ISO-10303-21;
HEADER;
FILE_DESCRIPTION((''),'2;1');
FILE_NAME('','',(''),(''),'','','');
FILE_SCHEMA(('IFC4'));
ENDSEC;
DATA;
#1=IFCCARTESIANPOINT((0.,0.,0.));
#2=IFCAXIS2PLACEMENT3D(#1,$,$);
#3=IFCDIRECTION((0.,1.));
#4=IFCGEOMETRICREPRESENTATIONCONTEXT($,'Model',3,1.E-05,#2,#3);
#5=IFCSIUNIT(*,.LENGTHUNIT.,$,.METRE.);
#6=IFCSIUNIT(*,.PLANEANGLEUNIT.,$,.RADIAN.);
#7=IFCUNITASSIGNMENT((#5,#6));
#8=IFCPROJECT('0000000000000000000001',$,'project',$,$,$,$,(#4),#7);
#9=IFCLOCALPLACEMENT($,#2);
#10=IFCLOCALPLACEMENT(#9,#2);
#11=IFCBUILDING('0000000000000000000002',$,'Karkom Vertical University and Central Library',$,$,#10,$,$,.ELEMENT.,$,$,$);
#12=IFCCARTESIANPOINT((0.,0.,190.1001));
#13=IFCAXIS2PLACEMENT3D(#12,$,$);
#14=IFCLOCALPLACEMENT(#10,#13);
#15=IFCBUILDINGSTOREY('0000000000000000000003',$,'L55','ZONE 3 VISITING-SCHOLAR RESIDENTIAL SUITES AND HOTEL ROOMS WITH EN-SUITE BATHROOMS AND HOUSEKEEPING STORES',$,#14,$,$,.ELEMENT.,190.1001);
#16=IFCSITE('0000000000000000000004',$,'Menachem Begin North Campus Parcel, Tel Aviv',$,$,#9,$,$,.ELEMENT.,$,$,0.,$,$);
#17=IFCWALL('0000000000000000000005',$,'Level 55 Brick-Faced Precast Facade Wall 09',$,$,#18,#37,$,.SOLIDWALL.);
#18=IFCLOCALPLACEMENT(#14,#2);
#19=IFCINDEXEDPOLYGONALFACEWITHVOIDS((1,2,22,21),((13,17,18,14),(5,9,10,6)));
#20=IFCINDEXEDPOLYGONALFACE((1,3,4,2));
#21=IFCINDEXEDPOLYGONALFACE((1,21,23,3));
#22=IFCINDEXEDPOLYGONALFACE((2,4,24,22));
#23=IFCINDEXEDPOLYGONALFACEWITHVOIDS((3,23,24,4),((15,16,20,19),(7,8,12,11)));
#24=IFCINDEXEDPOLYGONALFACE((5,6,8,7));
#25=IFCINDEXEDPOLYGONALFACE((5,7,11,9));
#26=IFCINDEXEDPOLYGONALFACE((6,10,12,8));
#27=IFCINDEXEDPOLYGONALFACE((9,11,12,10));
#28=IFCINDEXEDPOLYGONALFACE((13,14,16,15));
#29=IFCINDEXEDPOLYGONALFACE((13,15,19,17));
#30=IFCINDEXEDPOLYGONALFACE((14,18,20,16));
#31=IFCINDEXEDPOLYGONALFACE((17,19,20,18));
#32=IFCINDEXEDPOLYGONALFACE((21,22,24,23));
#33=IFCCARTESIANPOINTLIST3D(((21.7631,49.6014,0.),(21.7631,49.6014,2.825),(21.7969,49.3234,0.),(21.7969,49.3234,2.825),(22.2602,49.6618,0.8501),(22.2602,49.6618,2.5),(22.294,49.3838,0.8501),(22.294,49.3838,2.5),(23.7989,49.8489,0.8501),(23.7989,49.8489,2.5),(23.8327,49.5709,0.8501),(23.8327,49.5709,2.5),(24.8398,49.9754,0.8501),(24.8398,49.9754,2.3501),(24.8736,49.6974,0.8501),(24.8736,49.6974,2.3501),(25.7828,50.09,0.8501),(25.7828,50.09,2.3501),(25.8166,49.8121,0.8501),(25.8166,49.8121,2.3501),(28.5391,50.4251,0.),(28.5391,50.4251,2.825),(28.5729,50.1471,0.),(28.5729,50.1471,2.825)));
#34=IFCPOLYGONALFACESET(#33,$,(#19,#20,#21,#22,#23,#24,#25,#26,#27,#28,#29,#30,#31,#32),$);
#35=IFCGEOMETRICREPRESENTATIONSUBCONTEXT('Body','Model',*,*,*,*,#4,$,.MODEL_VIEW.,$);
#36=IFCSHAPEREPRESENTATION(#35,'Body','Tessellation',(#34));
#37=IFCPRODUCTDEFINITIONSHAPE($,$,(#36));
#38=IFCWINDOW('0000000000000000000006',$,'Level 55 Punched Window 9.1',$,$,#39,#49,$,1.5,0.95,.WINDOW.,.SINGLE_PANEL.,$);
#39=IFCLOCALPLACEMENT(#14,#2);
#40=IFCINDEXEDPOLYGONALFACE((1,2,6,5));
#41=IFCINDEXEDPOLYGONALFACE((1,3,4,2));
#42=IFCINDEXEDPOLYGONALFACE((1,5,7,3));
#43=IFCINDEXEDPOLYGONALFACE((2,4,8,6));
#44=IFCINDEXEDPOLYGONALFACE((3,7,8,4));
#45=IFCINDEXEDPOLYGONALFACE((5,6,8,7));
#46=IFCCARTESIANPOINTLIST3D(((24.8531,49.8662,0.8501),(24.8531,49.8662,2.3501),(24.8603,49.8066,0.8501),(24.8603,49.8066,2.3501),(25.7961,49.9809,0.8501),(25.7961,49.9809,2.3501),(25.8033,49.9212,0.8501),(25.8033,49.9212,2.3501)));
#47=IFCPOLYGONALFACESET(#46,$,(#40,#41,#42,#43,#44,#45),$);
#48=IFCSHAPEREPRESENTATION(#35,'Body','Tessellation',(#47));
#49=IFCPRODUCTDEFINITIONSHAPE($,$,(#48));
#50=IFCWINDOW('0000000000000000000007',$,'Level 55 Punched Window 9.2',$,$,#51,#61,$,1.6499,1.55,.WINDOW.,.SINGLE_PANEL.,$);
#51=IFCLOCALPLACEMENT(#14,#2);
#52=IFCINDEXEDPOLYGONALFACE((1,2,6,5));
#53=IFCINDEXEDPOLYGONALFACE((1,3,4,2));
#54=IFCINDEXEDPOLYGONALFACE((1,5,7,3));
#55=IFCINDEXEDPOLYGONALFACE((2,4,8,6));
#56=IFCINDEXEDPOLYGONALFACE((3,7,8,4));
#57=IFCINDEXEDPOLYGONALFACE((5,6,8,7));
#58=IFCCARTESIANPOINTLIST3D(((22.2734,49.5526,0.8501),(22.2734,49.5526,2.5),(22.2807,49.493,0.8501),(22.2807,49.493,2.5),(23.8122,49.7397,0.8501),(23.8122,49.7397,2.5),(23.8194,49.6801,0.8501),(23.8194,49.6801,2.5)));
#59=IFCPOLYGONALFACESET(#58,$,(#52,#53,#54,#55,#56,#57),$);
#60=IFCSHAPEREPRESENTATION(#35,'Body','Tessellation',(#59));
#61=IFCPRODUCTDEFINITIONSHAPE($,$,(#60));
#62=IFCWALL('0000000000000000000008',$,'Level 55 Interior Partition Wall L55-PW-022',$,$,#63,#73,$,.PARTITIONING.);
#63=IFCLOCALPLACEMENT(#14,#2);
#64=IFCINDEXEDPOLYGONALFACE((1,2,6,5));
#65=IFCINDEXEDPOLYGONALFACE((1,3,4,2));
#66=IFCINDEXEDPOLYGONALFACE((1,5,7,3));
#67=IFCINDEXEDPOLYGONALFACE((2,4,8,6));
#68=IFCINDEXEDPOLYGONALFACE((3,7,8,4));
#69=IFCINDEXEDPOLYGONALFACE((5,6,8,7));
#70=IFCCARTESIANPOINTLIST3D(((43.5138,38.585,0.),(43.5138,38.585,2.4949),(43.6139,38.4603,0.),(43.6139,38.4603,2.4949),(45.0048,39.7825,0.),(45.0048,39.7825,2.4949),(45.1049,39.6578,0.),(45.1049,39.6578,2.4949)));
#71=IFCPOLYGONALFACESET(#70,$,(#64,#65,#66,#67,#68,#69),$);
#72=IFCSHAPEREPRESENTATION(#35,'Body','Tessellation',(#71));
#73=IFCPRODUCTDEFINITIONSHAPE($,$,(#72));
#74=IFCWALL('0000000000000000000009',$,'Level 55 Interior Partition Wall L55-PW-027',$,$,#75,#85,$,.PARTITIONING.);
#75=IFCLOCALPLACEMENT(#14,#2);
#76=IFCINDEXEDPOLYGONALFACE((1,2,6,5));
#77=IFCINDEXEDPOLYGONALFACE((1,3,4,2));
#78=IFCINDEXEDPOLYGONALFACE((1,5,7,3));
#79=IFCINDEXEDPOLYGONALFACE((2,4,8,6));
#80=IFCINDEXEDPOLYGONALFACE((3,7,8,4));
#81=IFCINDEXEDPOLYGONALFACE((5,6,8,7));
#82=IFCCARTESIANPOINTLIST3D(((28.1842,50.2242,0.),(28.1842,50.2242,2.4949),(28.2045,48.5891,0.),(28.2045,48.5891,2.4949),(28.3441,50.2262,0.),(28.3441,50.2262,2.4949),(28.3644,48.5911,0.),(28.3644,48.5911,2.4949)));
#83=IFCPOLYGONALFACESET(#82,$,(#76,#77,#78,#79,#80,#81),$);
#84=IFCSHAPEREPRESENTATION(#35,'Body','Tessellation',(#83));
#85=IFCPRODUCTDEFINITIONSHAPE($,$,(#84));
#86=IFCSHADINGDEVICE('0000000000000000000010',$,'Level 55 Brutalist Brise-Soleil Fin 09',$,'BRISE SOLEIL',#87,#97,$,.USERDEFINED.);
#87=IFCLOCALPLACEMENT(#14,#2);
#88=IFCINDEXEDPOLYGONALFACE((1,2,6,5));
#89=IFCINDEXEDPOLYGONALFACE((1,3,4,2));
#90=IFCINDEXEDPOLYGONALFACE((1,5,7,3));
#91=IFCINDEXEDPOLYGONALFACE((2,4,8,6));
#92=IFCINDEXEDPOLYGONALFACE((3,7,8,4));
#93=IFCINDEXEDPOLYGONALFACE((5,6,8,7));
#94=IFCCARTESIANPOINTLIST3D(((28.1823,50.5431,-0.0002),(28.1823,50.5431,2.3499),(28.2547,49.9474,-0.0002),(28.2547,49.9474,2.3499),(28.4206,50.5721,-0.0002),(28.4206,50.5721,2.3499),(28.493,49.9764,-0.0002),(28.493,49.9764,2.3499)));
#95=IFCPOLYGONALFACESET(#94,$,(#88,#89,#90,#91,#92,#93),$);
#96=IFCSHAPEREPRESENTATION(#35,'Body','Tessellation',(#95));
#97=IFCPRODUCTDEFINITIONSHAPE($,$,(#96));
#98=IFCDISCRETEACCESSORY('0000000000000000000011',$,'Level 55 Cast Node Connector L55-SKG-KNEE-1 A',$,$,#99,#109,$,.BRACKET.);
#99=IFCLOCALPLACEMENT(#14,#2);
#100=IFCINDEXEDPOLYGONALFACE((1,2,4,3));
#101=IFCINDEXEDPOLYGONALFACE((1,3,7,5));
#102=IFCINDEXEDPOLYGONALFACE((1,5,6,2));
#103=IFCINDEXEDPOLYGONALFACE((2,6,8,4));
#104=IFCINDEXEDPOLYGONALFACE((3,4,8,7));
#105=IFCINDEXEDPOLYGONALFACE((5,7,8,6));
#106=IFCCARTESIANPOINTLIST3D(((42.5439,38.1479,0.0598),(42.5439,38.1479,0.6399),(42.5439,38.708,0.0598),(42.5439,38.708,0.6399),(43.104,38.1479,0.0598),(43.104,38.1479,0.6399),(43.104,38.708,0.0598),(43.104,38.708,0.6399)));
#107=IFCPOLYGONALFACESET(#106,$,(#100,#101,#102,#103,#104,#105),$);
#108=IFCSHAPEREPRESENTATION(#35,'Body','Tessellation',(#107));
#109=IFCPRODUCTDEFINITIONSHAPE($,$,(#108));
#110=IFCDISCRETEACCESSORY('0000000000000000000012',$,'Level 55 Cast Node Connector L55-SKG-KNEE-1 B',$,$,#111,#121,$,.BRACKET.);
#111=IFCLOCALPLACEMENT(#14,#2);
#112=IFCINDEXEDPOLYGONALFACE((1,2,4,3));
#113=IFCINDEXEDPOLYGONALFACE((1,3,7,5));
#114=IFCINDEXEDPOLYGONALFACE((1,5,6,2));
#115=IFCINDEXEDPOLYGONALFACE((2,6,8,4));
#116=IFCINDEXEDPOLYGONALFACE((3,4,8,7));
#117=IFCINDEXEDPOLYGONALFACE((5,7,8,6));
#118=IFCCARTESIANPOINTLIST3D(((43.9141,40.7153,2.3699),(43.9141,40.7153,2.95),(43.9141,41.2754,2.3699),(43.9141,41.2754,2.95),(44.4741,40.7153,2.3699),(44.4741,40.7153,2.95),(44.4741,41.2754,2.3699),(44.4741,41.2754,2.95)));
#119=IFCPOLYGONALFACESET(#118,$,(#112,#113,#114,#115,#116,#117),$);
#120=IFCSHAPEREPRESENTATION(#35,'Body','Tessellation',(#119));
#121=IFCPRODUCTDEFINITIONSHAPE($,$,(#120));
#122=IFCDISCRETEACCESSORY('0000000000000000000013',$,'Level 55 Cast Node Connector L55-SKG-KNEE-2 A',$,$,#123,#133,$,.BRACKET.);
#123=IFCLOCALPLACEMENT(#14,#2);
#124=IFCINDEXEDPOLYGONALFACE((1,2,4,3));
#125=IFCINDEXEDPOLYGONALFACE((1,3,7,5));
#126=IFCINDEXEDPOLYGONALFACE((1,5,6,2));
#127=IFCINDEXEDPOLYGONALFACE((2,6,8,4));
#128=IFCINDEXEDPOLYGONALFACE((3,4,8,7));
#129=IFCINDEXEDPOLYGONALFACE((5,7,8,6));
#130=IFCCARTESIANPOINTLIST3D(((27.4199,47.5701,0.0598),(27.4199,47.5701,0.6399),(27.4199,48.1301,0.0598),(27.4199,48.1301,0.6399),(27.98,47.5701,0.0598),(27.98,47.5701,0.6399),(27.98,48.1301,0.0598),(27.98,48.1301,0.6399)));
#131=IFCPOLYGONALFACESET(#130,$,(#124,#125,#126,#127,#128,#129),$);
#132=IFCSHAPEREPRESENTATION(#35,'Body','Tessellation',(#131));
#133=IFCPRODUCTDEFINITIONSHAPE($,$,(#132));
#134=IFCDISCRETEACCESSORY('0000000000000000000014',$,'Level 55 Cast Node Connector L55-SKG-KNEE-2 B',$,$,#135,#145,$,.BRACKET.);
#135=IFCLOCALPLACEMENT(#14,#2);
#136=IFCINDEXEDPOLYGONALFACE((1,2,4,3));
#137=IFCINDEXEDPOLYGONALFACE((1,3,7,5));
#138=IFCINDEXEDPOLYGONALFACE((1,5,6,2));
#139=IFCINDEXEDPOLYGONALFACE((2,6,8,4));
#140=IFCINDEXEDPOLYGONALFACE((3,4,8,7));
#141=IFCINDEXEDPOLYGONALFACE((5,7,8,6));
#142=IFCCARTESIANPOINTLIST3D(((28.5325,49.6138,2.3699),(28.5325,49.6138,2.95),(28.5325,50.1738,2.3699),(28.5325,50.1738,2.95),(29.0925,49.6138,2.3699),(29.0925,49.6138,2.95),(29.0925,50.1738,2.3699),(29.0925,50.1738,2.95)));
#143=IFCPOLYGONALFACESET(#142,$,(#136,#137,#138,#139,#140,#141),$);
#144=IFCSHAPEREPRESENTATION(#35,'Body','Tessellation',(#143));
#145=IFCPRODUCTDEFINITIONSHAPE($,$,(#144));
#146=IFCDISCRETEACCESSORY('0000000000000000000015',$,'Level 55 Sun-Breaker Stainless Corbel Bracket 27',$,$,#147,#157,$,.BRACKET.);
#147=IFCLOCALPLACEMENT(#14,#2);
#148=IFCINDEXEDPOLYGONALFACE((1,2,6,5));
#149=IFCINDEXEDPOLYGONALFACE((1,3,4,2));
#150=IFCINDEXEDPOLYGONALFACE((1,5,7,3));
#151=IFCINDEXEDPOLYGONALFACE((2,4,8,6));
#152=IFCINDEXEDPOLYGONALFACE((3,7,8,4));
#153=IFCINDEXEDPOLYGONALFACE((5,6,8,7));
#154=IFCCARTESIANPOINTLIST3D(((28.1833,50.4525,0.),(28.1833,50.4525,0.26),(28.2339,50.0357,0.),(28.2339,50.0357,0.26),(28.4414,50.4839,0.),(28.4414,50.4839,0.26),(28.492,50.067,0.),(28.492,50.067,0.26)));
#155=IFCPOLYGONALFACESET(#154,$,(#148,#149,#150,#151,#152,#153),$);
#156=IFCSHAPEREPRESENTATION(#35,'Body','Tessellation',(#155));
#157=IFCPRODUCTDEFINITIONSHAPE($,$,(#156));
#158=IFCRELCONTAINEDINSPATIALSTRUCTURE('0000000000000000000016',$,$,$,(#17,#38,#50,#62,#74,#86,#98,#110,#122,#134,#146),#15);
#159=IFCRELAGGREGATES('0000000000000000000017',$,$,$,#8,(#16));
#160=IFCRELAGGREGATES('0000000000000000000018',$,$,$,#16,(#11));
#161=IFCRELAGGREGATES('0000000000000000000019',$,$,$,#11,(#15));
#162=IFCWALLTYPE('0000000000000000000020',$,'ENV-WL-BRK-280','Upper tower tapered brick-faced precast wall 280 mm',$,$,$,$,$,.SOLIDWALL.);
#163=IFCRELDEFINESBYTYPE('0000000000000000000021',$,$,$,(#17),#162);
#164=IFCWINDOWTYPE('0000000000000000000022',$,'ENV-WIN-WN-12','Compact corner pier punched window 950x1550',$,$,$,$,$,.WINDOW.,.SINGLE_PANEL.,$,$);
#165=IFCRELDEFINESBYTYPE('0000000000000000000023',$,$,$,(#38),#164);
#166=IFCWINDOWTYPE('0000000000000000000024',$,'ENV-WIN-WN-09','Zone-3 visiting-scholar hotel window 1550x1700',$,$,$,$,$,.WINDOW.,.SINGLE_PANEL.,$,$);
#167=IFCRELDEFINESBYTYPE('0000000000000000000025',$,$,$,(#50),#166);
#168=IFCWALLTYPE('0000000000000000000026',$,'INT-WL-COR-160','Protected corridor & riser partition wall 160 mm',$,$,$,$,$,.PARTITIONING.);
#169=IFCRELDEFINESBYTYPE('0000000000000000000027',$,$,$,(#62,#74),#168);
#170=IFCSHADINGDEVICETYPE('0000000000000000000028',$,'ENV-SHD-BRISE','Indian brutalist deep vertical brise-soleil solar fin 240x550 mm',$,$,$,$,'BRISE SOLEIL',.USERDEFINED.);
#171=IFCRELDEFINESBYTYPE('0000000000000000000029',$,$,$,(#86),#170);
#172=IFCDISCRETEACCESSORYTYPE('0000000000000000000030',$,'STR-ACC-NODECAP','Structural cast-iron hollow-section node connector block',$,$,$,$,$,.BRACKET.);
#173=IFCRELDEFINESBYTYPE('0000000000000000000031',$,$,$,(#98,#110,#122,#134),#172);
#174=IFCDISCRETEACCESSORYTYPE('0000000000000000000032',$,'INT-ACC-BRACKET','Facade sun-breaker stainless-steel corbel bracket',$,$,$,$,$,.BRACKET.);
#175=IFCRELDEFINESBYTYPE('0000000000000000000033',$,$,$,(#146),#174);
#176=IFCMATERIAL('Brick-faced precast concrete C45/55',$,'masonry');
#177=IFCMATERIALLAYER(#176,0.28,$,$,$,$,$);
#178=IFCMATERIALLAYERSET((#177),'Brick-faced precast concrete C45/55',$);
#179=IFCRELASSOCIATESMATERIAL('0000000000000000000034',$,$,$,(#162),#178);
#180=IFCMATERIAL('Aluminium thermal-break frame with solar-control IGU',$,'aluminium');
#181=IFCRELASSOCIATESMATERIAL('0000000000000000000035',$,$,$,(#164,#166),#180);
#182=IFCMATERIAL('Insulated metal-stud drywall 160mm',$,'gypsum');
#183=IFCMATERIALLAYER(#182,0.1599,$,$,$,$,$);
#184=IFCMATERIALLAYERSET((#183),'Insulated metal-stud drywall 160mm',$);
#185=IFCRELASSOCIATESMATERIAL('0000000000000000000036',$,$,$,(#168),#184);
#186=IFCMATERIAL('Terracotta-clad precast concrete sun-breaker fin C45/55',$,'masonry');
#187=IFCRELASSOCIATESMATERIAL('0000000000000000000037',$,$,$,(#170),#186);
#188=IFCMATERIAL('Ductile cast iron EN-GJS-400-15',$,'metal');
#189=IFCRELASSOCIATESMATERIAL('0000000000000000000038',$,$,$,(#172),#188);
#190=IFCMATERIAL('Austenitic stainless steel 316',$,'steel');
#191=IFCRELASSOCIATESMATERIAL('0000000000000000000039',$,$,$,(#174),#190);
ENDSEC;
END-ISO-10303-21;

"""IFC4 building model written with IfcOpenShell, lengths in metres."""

from ifc_helpers import new_model, si_unit, direction, frame, frame_2d, origin, origin_with_axes, origin_2d, place, context, subcontext, project, spatial, rectangle, extrude, source, transform, mapped, material, layer, layer_set, type_object, element, fill, save


model = new_model("IFC4")

# Units and contexts
model_context = context("Model", 3, precision=1e-05, world=origin(), true_north=direction((0.0, 1.0)))
body_context = subcontext(model_context, "Body", "Model", "MODEL_VIEW")
ifc_project = project(units=[si_unit("LENGTHUNIT", "METRE"), si_unit("PLANEANGLEUNIT", "RADIAN")], contexts=[model_context])

# Site, building, storey
site_placement = place(None, origin())
site = spatial("IfcSite", under=ifc_project, at=site_placement, Name="Menachem Begin North Campus Parcel, Tel Aviv", CompositionType="ELEMENT", RefElevation=0.0)
building_placement = place(site_placement, origin())
building = spatial("IfcBuilding", under=site, at=building_placement, Name="Karkom Vertical University and Central Library", CompositionType="ELEMENT")
storey_placement = place(building_placement, frame((0.0, 0.0, 190.1001)))
storey = spatial("IfcBuildingStorey", under=building, at=storey_placement, Name="L55", Description="ZONE 3 VISITING-SCHOLAR RESIDENTIAL SUITES AND HOTEL ROOMS WITH EN-SUITE BATHROOMS AND HOUSEKEEPING STORES", CompositionType="ELEMENT", Elevation=190.1001)

# Shared definitions
ifc_material_1 = material(Name="Brick-faced precast concrete C45/55", Category="masonry")
ifc_layer_1 = layer(ifc_material_1, 0.28)
ifc_layer_set_1 = layer_set([ifc_layer_1], Name="Brick-faced precast concrete C45/55")
wall_type_1 = type_object("IfcWallType", Name="ENV-WL-BRK-280", Description="Upper tower tapered brick-faced precast wall 280 mm", PredefinedType="SOLIDWALL", material=ifc_layer_set_1)

# Wall, openings, windows
wall_1_placement = place(storey_placement, frame((28.5562, 50.2861, 0.0), z_axis=(0.0, 0.0, 1.0), x_axis=(-0.992692, -0.120675, 0.0)))
wall_1 = element("IfcWall", 1, at=wall_1_placement, inside=storey, type_object=wall_type_1, Name="Level 55 Brick-Faced Precast Facade Wall 09", PredefinedType="SOLIDWALL", context=body_context, shape_type="SweptSolid", body=[
    extrude(rectangle(XDim=6.8259, YDim=0.28, at=frame_2d((3.4131, 0.0))), origin(), (0.0, 0.0, 1.0), 2.825),
])
opening_1_placement = place(wall_1_placement, frame((2.7766, 0.0, 0.8501)))
opening_1 = element("IfcOpeningElement", 2, at=opening_1_placement, cuts=wall_1, PredefinedType="OPENING", context=body_context, shape_type="SweptSolid", body=[
    extrude(rectangle(XDim=0.95, YDim=1.5, at=frame_2d((0.4751, 0.75))), frame((0.0, 0.1499, 0.0), z_axis=(0.0, -1.0, 0.0), x_axis=(1.0, 0.0, 0.0)), (0.0, 0.0, 1.0), 0.3),
])
opening_2_placement = place(wall_1_placement, frame((4.7754, 0.0, 0.8501)))
opening_2 = element("IfcOpeningElement", 3, at=opening_2_placement, cuts=wall_1, PredefinedType="OPENING", context=body_context, shape_type="SweptSolid", body=[
    extrude(rectangle(XDim=1.55, YDim=1.6499, at=frame_2d((0.7749, 0.825))), frame((0.0, 0.1499, 0.0), z_axis=(0.0, -1.0, 0.0), x_axis=(1.0, 0.0, 0.0)), (0.0, 0.0, 1.0), 0.3),
])
ifc_material_2 = material(Name="Aluminium thermal-break frame with solar-control IGU", Category="aluminium")
window_type_1 = type_object("IfcWindowType", Name="ENV-WIN-WN-12", Description="Compact corner pier punched window 950x1550", PartitioningType="SINGLE_PANEL", PredefinedType="WINDOW", material=ifc_material_2)
shared_shape_1 = source(origin_with_axes(), body_context, "Body", "SweptSolid", [
    extrude(rectangle(XDim=0.95, YDim=1.5, at=frame_2d((0.4751, 0.75))), frame((0.0, 0.03, 0.0), z_axis=(0.0, -1.0, 0.0), x_axis=(1.0, 0.0, 0.0)), (0.0, 0.0, 1.0), 0.0601),
])
window_1_placement = place(opening_1_placement, origin())
window_1 = element("IfcWindow", 4, at=window_1_placement, inside=storey, type_object=window_type_1, Name="Level 55 Punched Window 9.1", OverallHeight=1.5, OverallWidth=0.95, PartitioningType="SINGLE_PANEL", PredefinedType="WINDOW", context=body_context, shape_type="MappedRepresentation", body=[
    mapped(shared_shape_1, transform((0.0, 0.0, 0.0), scale=1.0)),
])
fill(opening_1, window_1)
window_type_2 = type_object("IfcWindowType", Name="ENV-WIN-WN-09", Description="Zone-3 visiting-scholar hotel window 1550x1700", PartitioningType="SINGLE_PANEL", PredefinedType="WINDOW", material=ifc_material_2)
shared_shape_2 = source(origin_with_axes(), body_context, "Body", "SweptSolid", [
    extrude(rectangle(XDim=1.55, YDim=1.6499, at=frame_2d((0.7749, 0.825))), frame((0.0, 0.03, 0.0), z_axis=(0.0, -1.0, 0.0), x_axis=(1.0, 0.0, 0.0)), (0.0, 0.0, 1.0), 0.0601),
])
window_2_placement = place(opening_2_placement, origin())
window_2 = element("IfcWindow", 5, at=window_2_placement, inside=storey, type_object=window_type_2, Name="Level 55 Punched Window 9.2", OverallHeight=1.6499, OverallWidth=1.55, PartitioningType="SINGLE_PANEL", PredefinedType="WINDOW", context=body_context, shape_type="MappedRepresentation", body=[
    mapped(shared_shape_2, transform((0.0, 0.0, 0.0), scale=1.0)),
])
fill(opening_2, window_2)

# Walls
ifc_material_3 = material(Name="Insulated metal-stud drywall 160mm", Category="gypsum")
ifc_layer_2 = layer(ifc_material_3, 0.1599)
ifc_layer_set_2 = layer_set([ifc_layer_2], Name="Insulated metal-stud drywall 160mm")
wall_type_2 = type_object("IfcWallType", Name="INT-WL-COR-160", Description="Protected corridor & riser partition wall 160 mm", PredefinedType="PARTITIONING", material=ifc_layer_set_2)
wall_2_placement = place(storey_placement, frame((43.564, 38.5227, 0.0), z_axis=(0.0, 0.0, 1.0), x_axis=(0.779659, 0.626204, 0.0)))
element("IfcWall", 6, at=wall_2_placement, inside=storey, type_object=wall_type_2, Name="Level 55 Interior Partition Wall L55-PW-022", PredefinedType="PARTITIONING", context=body_context, shape_type="SweptSolid", body=[
    extrude(rectangle(XDim=1.9124, YDim=0.1599, at=frame_2d((0.9561, 0.0))), origin(), (0.0, 0.0, 1.0), 2.4949),
])
wall_3_placement = place(storey_placement, frame((28.2844, 48.5901, 0.0), z_axis=(0.0, 0.0, 1.0), x_axis=(-0.012393, 0.999923, 0.0)))
element("IfcWall", 7, at=wall_3_placement, inside=storey, type_object=wall_type_2, Name="Level 55 Interior Partition Wall L55-PW-027", PredefinedType="PARTITIONING", context=body_context, shape_type="SweptSolid", body=[
    extrude(rectangle(XDim=1.6353, YDim=0.1599, at=frame_2d((0.8176, 0.0))), origin(), (0.0, 0.0, 1.0), 2.4949),
])

# Shading device
ifc_material_4 = material(Name="Terracotta-clad precast concrete sun-breaker fin C45/55", Category="masonry")
shading_device_type = type_object("IfcShadingDeviceType", Name="ENV-SHD-BRISE", Description="Indian brutalist deep vertical brise-soleil solar fin 240x550 mm", ElementType="BRISE SOLEIL", PredefinedType="USERDEFINED", material=ifc_material_4)
shared_shape_3 = source(origin_with_axes(), body_context, "Body", "SweptSolid", [
    extrude(rectangle(XDim=0.24, YDim=0.6001, at=origin_2d()), origin(), (0.0, 0.0, 1.0), 2.3501),
])
shading_device_placement = place(storey_placement, frame((28.3376, 50.2598, -0.0002), z_axis=(0.0, 0.0, 1.0), x_axis=(-0.992694, -0.120657, 0.0)))
element("IfcShadingDevice", 8, at=shading_device_placement, inside=storey, type_object=shading_device_type, Name="Level 55 Brutalist Brise-Soleil Fin 09", ObjectType="BRISE SOLEIL", PredefinedType="USERDEFINED", context=body_context, shape_type="MappedRepresentation", body=[
    mapped(shared_shape_3, transform((0.0, 0.0, 0.0), scale=1.0)),
])

# Discrete accessories
ifc_material_5 = material(Name="Ductile cast iron EN-GJS-400-15", Category="metal")
discrete_accessory_type_1 = type_object("IfcDiscreteAccessoryType", Name="STR-ACC-NODECAP", Description="Structural cast-iron hollow-section node connector block", PredefinedType="BRACKET", material=ifc_material_5)
shared_shape_4 = source(origin_with_axes(), body_context, "Body", "SweptSolid", [
    extrude(rectangle(XDim=0.5601, YDim=0.5601, at=origin_2d()), origin(), (0.0, 0.0, 1.0), 0.5801),
])
for number, where, z_axis, x_axis, name in (
    (9, (42.824, 38.428, 0.0598), (0.0, 0.0, 1.0), (1.0, 0.0, 0.0), "Level 55 Cast Node Connector L55-SKG-KNEE-1 A"),
    (10, (44.1941, 40.9954, 2.3699), (0.0, 0.0, 1.0), (1.0, 0.0, 0.0), "Level 55 Cast Node Connector L55-SKG-KNEE-1 B"),
    (11, (27.7, 47.8501, 0.0598), (0.0, 0.0, 1.0), (1.0, 0.0, 0.0), "Level 55 Cast Node Connector L55-SKG-KNEE-2 A"),
    (12, (28.8125, 49.8938, 2.3699), (0.0, 0.0, 1.0), (1.0, 0.0, 0.0), "Level 55 Cast Node Connector L55-SKG-KNEE-2 B"),
):
    element("IfcDiscreteAccessory", number, at=place(storey_placement, frame(where, z_axis=z_axis, x_axis=x_axis)), inside=storey, type_object=discrete_accessory_type_1, Name=name, PredefinedType="BRACKET", context=body_context, shape_type="MappedRepresentation", body=[
        mapped(shared_shape_4, transform((0.0, 0.0, 0.0), scale=1.0)),
    ])
ifc_material_6 = material(Name="Austenitic stainless steel 316", Category="steel")
discrete_accessory_type_2 = type_object("IfcDiscreteAccessoryType", Name="INT-ACC-BRACKET", Description="Facade sun-breaker stainless-steel corbel bracket", PredefinedType="BRACKET", material=ifc_material_6)
shared_shape_5 = source(origin_with_axes(), body_context, "Body", "SweptSolid", [
    extrude(rectangle(XDim=0.26, YDim=0.4199, at=origin_2d()), origin(), (0.0, 0.0, 1.0), 0.26),
])
discrete_accessory_placement = place(storey_placement, frame((28.3376, 50.2598, 0.0), z_axis=(0.0, 0.0, 1.0), x_axis=(-0.992694, -0.120657, 0.0)))
element("IfcDiscreteAccessory", 13, at=discrete_accessory_placement, inside=storey, type_object=discrete_accessory_type_2, Name="Level 55 Sun-Breaker Stainless Corbel Bracket 27", PredefinedType="BRACKET", context=body_context, shape_type="MappedRepresentation", body=[
    mapped(shared_shape_5, transform((0.0, 0.0, 0.0), scale=1.0)),
])

save(model, "model.ifc")
